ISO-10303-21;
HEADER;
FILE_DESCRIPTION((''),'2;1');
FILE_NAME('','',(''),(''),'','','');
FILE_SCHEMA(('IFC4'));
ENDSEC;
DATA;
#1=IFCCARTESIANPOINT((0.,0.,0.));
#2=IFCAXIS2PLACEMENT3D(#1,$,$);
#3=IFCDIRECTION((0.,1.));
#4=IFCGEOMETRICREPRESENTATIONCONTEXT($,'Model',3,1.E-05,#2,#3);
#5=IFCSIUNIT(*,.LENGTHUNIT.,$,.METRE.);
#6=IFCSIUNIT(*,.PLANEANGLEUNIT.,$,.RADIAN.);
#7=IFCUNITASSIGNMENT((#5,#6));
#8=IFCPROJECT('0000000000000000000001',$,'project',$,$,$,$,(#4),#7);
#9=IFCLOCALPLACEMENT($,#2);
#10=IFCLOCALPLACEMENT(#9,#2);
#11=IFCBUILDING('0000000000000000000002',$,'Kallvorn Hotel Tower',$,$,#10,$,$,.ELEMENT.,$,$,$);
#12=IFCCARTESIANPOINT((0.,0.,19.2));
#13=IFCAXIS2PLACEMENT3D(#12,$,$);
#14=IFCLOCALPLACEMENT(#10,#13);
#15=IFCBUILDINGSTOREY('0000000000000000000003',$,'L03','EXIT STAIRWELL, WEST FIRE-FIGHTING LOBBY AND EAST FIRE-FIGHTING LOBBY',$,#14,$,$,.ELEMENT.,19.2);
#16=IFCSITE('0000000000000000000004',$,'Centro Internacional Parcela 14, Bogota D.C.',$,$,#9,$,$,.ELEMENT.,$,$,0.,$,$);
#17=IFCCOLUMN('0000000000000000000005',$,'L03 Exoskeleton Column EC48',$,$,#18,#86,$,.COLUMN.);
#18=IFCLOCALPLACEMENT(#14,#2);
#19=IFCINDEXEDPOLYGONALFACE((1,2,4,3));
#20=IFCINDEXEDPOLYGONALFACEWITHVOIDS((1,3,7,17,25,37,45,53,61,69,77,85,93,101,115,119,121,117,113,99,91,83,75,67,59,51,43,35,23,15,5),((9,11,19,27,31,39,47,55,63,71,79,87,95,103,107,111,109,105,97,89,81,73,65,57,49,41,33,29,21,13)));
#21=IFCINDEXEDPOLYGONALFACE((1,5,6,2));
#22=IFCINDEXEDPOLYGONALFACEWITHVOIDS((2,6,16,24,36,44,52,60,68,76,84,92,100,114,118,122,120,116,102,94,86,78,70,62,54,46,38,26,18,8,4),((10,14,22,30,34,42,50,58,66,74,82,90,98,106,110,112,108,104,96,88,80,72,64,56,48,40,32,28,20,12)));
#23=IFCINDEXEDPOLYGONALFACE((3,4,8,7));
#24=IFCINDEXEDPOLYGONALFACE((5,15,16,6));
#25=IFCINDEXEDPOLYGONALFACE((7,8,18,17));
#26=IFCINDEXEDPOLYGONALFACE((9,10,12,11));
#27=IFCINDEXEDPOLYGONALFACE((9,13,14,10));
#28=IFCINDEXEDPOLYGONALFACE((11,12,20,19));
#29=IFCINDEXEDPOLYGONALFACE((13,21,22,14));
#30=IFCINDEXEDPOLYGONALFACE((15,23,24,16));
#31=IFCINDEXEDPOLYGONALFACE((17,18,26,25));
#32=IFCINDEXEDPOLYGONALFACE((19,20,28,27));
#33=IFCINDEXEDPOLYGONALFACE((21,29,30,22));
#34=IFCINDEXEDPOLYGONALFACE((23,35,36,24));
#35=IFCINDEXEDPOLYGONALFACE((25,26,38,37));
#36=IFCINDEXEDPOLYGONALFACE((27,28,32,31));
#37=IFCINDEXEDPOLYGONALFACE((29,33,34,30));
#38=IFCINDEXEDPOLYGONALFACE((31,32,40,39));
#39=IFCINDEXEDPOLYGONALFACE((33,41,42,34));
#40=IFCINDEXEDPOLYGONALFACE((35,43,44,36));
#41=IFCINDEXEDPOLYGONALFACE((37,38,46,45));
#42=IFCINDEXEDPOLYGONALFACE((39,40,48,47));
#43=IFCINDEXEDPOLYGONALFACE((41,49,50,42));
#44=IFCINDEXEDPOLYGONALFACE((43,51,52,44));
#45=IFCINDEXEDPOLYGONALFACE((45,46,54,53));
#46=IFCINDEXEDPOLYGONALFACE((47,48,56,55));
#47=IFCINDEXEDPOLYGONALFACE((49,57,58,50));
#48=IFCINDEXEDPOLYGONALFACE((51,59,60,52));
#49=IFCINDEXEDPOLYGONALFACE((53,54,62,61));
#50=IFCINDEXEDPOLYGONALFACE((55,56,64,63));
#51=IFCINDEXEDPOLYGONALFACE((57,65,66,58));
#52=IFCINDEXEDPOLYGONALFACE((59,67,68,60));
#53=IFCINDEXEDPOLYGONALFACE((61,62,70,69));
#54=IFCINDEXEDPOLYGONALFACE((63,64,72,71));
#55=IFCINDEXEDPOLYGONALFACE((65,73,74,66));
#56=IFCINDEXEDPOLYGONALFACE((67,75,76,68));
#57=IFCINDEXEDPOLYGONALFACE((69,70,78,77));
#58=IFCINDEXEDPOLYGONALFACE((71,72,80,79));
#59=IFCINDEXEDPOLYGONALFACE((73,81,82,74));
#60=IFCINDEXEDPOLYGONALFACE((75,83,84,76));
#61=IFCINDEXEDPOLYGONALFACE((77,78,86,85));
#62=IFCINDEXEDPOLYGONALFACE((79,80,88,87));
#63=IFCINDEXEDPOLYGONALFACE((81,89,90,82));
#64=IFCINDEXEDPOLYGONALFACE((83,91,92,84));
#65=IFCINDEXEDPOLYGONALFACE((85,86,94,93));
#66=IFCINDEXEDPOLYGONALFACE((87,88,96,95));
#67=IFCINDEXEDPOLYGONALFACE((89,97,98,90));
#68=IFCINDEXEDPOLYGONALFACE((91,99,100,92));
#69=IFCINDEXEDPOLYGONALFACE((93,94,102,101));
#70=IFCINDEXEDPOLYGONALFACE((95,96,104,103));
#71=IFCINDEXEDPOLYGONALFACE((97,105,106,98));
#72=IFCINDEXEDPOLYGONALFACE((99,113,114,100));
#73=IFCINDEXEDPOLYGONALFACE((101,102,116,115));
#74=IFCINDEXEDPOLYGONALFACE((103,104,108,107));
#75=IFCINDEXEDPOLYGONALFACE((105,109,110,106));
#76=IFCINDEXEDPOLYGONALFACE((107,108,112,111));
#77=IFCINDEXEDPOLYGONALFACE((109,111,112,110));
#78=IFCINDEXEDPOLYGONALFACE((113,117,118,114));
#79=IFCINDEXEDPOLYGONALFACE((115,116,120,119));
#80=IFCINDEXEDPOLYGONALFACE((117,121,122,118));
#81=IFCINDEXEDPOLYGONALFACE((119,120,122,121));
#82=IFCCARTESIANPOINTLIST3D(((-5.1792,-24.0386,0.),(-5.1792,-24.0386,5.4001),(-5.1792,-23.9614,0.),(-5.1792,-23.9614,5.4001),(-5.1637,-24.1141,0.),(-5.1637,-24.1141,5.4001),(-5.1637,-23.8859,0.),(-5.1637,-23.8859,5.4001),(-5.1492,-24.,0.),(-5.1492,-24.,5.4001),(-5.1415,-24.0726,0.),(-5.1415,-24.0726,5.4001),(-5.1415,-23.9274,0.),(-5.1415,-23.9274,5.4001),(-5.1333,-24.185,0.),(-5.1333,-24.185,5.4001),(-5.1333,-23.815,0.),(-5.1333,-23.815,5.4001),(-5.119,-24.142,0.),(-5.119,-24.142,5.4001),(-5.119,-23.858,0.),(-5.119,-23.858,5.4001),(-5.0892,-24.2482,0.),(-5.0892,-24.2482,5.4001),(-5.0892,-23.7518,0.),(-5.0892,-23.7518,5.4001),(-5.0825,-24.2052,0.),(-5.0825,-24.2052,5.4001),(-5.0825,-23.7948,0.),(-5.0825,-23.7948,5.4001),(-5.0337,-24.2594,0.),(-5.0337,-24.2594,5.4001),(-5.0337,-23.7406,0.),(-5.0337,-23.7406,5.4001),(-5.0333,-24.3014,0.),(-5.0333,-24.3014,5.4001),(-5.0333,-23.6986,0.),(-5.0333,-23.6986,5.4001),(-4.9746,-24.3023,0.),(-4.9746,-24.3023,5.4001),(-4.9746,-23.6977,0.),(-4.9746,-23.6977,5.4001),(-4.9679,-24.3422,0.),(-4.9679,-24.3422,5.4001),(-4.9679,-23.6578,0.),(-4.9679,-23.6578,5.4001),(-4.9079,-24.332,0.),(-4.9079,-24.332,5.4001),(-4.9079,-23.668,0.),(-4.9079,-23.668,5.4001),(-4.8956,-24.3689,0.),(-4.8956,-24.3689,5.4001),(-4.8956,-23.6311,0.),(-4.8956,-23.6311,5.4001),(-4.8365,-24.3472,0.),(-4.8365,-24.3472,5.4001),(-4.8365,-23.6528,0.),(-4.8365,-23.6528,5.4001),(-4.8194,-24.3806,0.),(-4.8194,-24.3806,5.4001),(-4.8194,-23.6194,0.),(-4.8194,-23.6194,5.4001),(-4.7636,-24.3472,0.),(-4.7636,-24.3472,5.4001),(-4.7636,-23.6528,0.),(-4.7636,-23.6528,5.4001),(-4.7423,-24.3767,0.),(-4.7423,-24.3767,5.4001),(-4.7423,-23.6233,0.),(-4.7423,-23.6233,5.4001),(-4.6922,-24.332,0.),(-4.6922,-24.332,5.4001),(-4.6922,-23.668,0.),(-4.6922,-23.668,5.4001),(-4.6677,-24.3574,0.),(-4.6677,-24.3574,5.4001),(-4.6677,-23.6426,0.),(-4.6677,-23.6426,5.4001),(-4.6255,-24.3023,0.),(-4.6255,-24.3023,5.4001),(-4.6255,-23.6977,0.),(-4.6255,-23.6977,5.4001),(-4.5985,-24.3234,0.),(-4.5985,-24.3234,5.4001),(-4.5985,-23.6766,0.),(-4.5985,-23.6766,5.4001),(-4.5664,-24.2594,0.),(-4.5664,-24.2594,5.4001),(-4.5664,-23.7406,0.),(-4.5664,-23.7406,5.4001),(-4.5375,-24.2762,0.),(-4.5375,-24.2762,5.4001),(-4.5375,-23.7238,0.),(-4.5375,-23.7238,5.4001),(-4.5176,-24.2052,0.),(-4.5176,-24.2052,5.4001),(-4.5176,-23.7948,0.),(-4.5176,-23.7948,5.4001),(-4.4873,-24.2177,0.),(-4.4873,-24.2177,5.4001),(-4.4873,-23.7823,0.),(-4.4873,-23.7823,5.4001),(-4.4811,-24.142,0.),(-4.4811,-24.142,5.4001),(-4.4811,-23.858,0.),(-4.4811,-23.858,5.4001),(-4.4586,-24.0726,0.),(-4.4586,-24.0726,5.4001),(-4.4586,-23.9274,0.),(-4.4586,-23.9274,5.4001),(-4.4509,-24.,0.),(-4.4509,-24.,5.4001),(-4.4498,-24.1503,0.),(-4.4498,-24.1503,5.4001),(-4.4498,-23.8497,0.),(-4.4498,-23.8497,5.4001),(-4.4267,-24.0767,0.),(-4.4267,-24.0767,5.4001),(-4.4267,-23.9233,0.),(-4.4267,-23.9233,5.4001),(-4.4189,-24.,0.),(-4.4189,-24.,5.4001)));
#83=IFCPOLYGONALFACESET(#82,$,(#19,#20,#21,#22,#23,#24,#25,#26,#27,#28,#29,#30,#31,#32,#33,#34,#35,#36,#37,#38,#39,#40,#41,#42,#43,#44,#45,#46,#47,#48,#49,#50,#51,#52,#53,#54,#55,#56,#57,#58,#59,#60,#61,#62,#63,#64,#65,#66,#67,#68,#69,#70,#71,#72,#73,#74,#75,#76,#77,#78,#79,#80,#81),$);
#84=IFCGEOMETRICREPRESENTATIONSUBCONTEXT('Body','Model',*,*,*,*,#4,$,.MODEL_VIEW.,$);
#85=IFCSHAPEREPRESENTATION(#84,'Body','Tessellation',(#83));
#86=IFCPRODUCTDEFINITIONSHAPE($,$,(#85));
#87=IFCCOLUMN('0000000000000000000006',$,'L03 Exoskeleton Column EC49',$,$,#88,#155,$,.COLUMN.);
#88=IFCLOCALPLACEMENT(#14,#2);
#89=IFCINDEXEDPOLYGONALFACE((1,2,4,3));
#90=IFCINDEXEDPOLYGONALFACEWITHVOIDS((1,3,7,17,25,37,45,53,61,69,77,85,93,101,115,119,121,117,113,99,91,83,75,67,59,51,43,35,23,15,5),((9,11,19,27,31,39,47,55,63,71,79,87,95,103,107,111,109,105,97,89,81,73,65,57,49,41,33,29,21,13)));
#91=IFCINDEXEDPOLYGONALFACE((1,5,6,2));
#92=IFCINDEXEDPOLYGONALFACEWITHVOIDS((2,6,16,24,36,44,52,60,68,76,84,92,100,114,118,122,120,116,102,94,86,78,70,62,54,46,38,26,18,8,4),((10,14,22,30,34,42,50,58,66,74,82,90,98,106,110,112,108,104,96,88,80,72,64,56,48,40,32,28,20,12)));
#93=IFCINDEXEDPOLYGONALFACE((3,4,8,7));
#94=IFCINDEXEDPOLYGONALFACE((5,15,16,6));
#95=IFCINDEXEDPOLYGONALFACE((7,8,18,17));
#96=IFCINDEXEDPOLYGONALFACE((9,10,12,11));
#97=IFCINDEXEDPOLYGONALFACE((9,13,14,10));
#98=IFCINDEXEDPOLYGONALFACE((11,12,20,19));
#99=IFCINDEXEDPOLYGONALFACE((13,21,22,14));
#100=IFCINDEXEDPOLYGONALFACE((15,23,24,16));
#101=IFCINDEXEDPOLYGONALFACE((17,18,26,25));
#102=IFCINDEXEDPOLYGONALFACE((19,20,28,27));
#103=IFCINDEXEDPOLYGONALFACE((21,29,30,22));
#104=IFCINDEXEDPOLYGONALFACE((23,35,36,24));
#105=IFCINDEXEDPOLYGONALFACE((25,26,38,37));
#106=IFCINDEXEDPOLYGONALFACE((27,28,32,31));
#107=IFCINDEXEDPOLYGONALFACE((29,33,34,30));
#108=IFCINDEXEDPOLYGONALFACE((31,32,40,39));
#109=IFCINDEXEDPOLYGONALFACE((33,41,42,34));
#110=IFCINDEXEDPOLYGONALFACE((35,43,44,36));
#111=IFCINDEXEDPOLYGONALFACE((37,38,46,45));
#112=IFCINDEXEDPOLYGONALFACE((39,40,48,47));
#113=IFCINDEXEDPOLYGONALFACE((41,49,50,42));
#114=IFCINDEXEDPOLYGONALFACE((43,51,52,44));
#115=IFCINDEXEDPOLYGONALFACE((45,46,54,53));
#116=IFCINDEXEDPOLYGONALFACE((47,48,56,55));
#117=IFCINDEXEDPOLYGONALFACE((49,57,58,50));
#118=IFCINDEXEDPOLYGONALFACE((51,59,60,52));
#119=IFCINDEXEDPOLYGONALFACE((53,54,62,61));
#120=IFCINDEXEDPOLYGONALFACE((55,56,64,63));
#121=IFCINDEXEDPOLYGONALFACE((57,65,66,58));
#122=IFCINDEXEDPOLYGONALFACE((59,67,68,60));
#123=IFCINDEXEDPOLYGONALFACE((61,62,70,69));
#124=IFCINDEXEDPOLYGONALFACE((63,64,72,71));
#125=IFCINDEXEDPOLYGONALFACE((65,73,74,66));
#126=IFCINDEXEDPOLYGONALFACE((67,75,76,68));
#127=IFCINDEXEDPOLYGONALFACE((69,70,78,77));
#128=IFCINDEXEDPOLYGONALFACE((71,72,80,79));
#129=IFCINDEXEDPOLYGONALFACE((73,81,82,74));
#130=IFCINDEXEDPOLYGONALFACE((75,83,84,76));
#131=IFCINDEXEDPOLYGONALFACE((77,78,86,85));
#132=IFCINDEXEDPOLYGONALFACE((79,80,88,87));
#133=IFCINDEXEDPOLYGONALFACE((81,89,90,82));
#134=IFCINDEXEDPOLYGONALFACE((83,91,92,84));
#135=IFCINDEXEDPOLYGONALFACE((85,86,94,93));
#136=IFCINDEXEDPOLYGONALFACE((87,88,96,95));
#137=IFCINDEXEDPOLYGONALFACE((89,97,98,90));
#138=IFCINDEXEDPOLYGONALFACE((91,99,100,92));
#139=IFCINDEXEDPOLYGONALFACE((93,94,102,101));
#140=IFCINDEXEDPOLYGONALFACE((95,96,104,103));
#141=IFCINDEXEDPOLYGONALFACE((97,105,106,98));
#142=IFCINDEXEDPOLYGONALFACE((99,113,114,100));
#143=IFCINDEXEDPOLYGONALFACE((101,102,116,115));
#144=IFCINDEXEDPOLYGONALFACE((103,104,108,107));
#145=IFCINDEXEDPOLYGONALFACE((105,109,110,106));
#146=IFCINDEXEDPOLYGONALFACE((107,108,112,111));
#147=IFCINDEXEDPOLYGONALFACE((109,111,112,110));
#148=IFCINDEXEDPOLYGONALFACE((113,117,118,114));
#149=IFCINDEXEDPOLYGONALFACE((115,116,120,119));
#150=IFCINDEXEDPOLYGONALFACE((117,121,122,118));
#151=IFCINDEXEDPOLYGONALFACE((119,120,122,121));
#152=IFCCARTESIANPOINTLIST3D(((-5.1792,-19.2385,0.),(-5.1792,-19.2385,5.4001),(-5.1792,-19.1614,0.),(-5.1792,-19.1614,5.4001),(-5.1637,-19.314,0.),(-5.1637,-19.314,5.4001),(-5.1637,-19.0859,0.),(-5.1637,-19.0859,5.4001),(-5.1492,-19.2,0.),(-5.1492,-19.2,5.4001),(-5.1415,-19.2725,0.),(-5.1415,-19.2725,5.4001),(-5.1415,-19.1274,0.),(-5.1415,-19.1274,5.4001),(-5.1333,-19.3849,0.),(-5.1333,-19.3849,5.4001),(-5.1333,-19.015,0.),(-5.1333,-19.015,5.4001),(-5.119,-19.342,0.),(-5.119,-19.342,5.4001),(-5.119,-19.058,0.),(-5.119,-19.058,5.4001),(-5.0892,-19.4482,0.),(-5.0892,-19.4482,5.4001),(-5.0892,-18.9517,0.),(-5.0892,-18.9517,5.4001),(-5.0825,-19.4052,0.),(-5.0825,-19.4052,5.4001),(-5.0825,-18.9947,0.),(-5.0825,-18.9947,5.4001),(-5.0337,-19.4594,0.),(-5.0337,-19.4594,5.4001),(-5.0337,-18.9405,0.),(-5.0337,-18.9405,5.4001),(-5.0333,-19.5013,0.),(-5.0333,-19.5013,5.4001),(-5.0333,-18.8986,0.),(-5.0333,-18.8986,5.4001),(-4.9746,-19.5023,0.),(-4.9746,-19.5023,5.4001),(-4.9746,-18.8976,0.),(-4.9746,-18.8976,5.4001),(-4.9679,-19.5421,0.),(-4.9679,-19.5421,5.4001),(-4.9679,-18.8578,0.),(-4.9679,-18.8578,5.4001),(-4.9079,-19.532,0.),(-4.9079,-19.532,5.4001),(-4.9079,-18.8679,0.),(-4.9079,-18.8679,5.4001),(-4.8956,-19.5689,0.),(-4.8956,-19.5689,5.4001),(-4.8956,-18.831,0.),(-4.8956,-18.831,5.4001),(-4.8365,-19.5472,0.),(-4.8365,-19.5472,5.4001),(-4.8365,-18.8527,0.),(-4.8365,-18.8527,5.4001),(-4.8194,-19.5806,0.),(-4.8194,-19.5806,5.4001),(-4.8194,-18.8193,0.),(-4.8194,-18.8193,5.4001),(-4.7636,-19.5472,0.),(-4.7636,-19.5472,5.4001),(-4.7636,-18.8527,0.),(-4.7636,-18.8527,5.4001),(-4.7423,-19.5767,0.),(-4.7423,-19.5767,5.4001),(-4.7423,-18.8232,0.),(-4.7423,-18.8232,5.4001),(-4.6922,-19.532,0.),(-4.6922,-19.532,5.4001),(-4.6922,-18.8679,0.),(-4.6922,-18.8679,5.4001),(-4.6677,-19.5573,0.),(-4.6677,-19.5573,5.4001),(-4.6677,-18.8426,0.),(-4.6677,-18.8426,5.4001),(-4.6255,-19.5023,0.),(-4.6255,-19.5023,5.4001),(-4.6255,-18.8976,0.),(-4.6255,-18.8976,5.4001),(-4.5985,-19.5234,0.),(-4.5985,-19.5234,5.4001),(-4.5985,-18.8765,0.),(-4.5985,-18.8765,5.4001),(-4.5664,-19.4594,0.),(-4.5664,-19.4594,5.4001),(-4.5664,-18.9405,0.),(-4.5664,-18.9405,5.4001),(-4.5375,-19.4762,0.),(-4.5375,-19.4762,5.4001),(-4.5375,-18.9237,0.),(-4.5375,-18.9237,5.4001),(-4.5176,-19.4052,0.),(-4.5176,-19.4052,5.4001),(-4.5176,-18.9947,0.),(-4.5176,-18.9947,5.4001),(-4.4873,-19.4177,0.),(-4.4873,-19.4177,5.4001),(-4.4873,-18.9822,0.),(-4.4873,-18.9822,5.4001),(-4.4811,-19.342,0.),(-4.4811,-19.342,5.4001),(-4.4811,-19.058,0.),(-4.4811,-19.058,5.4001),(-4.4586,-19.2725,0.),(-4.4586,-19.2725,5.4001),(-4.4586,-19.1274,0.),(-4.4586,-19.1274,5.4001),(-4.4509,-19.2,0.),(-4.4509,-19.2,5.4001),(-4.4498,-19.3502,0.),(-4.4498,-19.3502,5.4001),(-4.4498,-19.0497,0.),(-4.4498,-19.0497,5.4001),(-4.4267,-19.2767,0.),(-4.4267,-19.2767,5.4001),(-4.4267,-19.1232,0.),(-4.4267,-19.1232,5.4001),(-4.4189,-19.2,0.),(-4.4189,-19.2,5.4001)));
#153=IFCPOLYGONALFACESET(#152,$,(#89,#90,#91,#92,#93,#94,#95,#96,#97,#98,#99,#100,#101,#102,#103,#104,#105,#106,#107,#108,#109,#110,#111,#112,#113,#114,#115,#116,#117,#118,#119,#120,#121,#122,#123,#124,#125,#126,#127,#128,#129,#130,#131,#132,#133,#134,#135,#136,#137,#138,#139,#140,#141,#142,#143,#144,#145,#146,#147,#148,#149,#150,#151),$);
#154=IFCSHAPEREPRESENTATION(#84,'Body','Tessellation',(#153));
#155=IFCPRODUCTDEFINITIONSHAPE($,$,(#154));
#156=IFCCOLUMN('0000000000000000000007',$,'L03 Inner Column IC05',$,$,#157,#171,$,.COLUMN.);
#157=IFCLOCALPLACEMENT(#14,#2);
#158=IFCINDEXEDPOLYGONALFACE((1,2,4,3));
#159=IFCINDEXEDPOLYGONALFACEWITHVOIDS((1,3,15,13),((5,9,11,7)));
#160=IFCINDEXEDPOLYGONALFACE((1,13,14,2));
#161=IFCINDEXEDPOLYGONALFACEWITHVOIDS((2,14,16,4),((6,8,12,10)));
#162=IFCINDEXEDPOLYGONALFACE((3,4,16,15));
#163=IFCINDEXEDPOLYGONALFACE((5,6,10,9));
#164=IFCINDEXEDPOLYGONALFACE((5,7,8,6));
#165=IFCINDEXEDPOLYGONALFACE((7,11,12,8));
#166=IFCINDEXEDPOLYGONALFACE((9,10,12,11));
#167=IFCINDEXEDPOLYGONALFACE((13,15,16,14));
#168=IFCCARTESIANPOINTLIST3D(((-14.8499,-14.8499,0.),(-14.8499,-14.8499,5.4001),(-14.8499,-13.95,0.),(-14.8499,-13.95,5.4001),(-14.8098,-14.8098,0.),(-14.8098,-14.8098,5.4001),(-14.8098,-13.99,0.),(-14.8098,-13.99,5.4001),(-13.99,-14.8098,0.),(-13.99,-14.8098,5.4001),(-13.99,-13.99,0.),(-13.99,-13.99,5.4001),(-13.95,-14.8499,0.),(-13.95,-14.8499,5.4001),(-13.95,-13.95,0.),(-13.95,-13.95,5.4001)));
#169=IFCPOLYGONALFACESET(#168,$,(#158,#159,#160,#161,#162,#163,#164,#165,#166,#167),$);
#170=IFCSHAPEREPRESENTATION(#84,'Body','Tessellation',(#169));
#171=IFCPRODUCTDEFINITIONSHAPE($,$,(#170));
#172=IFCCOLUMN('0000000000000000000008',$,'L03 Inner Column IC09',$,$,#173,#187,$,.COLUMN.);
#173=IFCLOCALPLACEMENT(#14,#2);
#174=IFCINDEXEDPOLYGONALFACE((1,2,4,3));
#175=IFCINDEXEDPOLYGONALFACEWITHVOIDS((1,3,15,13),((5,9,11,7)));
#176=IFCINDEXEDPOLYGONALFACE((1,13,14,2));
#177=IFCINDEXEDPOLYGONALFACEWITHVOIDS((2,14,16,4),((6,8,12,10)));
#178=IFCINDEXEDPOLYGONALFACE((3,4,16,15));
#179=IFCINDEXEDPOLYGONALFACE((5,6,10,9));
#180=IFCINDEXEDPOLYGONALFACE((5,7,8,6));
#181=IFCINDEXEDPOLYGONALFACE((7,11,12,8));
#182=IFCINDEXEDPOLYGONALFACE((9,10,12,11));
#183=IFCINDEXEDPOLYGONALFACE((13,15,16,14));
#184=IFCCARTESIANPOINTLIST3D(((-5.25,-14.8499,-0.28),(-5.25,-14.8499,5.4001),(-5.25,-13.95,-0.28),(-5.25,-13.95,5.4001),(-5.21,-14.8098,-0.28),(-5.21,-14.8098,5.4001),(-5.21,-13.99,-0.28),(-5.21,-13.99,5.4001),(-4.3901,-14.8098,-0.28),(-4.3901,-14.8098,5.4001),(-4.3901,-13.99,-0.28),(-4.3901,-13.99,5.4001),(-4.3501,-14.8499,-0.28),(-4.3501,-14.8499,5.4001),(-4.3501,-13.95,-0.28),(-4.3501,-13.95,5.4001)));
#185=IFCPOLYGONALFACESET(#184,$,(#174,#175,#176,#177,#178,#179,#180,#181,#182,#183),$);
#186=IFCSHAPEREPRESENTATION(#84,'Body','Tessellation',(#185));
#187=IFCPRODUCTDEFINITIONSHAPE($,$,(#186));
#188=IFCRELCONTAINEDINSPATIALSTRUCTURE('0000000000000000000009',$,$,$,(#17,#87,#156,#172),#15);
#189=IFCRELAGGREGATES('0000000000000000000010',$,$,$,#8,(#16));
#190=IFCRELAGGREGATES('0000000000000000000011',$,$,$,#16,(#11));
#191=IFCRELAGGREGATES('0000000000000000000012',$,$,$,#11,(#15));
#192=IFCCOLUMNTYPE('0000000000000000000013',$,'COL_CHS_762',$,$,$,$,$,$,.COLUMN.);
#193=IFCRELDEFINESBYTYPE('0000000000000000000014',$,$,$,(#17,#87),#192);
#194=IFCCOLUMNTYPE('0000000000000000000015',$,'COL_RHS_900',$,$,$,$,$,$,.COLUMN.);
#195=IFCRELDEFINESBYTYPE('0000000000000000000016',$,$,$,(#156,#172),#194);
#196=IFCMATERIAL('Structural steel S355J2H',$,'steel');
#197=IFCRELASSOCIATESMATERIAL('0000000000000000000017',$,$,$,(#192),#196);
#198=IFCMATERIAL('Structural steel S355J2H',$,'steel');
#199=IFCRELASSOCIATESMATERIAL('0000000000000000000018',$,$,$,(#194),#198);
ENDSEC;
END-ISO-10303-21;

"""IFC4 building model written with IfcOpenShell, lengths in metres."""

from ifc_helpers import new_model, si_unit, direction, frame, origin, origin_2d, place, context, subcontext, project, spatial, hollow_rectangle, hollow_circle, extrude, material, material_profile, profile_set, type_object, element, save


model = new_model("IFC4")

# Units and contexts
model_context = context("Model", 3, precision=1e-05, world=origin(), true_north=direction((0.0, 1.0)))
body_context = subcontext(model_context, "Body", "Model", "MODEL_VIEW")
ifc_project = project(units=[si_unit("LENGTHUNIT", "METRE"), si_unit("PLANEANGLEUNIT", "RADIAN")], contexts=[model_context])

# Site, building, storey
site_placement = place(None, origin())
site = spatial("IfcSite", under=ifc_project, at=site_placement, Name="Centro Internacional Parcela 14, Bogota D.C.", CompositionType="ELEMENT", RefElevation=0.0)
building_placement = place(site_placement, origin())
building = spatial("IfcBuilding", under=site, at=building_placement, Name="Kallvorn Hotel Tower", CompositionType="ELEMENT")
storey_placement = place(building_placement, frame((0.0, 0.0, 19.2)))
storey = spatial("IfcBuildingStorey", under=building, at=storey_placement, Name="L03", Description="EXIT STAIRWELL, WEST FIRE-FIGHTING LOBBY AND EAST FIRE-FIGHTING LOBBY", CompositionType="ELEMENT", Elevation=19.2)

# Columns
ifc_material_1 = material(Name="Structural steel S355J2H", Category="steel")
ifc_material_profile_1 = material_profile(ifc_material_1, hollow_circle(Radius=0.3811, WallThickness=0.032, at=origin_2d()), Name="CHS 762x32")
ifc_profile_set_1 = profile_set([ifc_material_profile_1], Name="Structural steel S355J2H")
column_type_1 = type_object("IfcColumnType", Name="COL_CHS_762", PredefinedType="COLUMN", material=ifc_profile_set_1)
for number, where, z_axis, x_axis, name in (
    (1, (-4.8, -24.0, 0.0), (0.0, 0.0, 1.0), (1.0, 0.0, 0.0), "L03 Exoskeleton Column EC48"),
    (2, (-4.8, -19.2, 0.0), (0.0, 0.0, 1.0), (1.0, 0.0, 0.0), "L03 Exoskeleton Column EC49"),
):
    element("IfcColumn", number, at=place(storey_placement, frame(where, z_axis=z_axis, x_axis=x_axis)), inside=storey, type_object=column_type_1, Name=name, PredefinedType="COLUMN", context=body_context, shape_type="SweptSolid", body=[
        extrude(hollow_circle(Radius=0.3811, WallThickness=0.032, at=origin_2d()), origin(), (0.0, 0.0, 1.0), 5.4001),
    ])
ifc_material_2 = material(Name="Structural steel S355J2H", Category="steel")
ifc_material_profile_2 = material_profile(ifc_material_2, hollow_rectangle(XDim=0.8999, YDim=0.8999, WallThickness=0.04, at=origin_2d()), Name="RHS 900x900x40")
ifc_profile_set_2 = profile_set([ifc_material_profile_2], Name="Structural steel S355J2H")
column_type_2 = type_object("IfcColumnType", Name="COL_RHS_900", PredefinedType="COLUMN", material=ifc_profile_set_2)
column_1_placement = place(storey_placement, frame((-14.3999, -14.3999, 0.0), z_axis=(0.0, 0.0, 1.0), x_axis=(1.0, 0.0, 0.0)))
element("IfcColumn", 3, at=column_1_placement, inside=storey, type_object=column_type_2, Name="L03 Inner Column IC05", PredefinedType="COLUMN", context=body_context, shape_type="SweptSolid", body=[
    extrude(hollow_rectangle(XDim=0.8999, YDim=0.8999, WallThickness=0.04, at=origin_2d()), origin(), (0.0, 0.0, 1.0), 5.4001),
])
column_2_placement = place(storey_placement, frame((-4.8, -14.3999, -0.28), z_axis=(0.0, 0.0, 1.0), x_axis=(1.0, 0.0, 0.0)))
element("IfcColumn", 4, at=column_2_placement, inside=storey, type_object=column_type_2, Name="L03 Inner Column IC09", PredefinedType="COLUMN", context=body_context, shape_type="SweptSolid", body=[
    extrude(hollow_rectangle(XDim=0.8999, YDim=0.8999, WallThickness=0.04, at=origin_2d()), origin(), (0.0, 0.0, 1.0), 5.6802),
])

save(model, "model.ifc")
